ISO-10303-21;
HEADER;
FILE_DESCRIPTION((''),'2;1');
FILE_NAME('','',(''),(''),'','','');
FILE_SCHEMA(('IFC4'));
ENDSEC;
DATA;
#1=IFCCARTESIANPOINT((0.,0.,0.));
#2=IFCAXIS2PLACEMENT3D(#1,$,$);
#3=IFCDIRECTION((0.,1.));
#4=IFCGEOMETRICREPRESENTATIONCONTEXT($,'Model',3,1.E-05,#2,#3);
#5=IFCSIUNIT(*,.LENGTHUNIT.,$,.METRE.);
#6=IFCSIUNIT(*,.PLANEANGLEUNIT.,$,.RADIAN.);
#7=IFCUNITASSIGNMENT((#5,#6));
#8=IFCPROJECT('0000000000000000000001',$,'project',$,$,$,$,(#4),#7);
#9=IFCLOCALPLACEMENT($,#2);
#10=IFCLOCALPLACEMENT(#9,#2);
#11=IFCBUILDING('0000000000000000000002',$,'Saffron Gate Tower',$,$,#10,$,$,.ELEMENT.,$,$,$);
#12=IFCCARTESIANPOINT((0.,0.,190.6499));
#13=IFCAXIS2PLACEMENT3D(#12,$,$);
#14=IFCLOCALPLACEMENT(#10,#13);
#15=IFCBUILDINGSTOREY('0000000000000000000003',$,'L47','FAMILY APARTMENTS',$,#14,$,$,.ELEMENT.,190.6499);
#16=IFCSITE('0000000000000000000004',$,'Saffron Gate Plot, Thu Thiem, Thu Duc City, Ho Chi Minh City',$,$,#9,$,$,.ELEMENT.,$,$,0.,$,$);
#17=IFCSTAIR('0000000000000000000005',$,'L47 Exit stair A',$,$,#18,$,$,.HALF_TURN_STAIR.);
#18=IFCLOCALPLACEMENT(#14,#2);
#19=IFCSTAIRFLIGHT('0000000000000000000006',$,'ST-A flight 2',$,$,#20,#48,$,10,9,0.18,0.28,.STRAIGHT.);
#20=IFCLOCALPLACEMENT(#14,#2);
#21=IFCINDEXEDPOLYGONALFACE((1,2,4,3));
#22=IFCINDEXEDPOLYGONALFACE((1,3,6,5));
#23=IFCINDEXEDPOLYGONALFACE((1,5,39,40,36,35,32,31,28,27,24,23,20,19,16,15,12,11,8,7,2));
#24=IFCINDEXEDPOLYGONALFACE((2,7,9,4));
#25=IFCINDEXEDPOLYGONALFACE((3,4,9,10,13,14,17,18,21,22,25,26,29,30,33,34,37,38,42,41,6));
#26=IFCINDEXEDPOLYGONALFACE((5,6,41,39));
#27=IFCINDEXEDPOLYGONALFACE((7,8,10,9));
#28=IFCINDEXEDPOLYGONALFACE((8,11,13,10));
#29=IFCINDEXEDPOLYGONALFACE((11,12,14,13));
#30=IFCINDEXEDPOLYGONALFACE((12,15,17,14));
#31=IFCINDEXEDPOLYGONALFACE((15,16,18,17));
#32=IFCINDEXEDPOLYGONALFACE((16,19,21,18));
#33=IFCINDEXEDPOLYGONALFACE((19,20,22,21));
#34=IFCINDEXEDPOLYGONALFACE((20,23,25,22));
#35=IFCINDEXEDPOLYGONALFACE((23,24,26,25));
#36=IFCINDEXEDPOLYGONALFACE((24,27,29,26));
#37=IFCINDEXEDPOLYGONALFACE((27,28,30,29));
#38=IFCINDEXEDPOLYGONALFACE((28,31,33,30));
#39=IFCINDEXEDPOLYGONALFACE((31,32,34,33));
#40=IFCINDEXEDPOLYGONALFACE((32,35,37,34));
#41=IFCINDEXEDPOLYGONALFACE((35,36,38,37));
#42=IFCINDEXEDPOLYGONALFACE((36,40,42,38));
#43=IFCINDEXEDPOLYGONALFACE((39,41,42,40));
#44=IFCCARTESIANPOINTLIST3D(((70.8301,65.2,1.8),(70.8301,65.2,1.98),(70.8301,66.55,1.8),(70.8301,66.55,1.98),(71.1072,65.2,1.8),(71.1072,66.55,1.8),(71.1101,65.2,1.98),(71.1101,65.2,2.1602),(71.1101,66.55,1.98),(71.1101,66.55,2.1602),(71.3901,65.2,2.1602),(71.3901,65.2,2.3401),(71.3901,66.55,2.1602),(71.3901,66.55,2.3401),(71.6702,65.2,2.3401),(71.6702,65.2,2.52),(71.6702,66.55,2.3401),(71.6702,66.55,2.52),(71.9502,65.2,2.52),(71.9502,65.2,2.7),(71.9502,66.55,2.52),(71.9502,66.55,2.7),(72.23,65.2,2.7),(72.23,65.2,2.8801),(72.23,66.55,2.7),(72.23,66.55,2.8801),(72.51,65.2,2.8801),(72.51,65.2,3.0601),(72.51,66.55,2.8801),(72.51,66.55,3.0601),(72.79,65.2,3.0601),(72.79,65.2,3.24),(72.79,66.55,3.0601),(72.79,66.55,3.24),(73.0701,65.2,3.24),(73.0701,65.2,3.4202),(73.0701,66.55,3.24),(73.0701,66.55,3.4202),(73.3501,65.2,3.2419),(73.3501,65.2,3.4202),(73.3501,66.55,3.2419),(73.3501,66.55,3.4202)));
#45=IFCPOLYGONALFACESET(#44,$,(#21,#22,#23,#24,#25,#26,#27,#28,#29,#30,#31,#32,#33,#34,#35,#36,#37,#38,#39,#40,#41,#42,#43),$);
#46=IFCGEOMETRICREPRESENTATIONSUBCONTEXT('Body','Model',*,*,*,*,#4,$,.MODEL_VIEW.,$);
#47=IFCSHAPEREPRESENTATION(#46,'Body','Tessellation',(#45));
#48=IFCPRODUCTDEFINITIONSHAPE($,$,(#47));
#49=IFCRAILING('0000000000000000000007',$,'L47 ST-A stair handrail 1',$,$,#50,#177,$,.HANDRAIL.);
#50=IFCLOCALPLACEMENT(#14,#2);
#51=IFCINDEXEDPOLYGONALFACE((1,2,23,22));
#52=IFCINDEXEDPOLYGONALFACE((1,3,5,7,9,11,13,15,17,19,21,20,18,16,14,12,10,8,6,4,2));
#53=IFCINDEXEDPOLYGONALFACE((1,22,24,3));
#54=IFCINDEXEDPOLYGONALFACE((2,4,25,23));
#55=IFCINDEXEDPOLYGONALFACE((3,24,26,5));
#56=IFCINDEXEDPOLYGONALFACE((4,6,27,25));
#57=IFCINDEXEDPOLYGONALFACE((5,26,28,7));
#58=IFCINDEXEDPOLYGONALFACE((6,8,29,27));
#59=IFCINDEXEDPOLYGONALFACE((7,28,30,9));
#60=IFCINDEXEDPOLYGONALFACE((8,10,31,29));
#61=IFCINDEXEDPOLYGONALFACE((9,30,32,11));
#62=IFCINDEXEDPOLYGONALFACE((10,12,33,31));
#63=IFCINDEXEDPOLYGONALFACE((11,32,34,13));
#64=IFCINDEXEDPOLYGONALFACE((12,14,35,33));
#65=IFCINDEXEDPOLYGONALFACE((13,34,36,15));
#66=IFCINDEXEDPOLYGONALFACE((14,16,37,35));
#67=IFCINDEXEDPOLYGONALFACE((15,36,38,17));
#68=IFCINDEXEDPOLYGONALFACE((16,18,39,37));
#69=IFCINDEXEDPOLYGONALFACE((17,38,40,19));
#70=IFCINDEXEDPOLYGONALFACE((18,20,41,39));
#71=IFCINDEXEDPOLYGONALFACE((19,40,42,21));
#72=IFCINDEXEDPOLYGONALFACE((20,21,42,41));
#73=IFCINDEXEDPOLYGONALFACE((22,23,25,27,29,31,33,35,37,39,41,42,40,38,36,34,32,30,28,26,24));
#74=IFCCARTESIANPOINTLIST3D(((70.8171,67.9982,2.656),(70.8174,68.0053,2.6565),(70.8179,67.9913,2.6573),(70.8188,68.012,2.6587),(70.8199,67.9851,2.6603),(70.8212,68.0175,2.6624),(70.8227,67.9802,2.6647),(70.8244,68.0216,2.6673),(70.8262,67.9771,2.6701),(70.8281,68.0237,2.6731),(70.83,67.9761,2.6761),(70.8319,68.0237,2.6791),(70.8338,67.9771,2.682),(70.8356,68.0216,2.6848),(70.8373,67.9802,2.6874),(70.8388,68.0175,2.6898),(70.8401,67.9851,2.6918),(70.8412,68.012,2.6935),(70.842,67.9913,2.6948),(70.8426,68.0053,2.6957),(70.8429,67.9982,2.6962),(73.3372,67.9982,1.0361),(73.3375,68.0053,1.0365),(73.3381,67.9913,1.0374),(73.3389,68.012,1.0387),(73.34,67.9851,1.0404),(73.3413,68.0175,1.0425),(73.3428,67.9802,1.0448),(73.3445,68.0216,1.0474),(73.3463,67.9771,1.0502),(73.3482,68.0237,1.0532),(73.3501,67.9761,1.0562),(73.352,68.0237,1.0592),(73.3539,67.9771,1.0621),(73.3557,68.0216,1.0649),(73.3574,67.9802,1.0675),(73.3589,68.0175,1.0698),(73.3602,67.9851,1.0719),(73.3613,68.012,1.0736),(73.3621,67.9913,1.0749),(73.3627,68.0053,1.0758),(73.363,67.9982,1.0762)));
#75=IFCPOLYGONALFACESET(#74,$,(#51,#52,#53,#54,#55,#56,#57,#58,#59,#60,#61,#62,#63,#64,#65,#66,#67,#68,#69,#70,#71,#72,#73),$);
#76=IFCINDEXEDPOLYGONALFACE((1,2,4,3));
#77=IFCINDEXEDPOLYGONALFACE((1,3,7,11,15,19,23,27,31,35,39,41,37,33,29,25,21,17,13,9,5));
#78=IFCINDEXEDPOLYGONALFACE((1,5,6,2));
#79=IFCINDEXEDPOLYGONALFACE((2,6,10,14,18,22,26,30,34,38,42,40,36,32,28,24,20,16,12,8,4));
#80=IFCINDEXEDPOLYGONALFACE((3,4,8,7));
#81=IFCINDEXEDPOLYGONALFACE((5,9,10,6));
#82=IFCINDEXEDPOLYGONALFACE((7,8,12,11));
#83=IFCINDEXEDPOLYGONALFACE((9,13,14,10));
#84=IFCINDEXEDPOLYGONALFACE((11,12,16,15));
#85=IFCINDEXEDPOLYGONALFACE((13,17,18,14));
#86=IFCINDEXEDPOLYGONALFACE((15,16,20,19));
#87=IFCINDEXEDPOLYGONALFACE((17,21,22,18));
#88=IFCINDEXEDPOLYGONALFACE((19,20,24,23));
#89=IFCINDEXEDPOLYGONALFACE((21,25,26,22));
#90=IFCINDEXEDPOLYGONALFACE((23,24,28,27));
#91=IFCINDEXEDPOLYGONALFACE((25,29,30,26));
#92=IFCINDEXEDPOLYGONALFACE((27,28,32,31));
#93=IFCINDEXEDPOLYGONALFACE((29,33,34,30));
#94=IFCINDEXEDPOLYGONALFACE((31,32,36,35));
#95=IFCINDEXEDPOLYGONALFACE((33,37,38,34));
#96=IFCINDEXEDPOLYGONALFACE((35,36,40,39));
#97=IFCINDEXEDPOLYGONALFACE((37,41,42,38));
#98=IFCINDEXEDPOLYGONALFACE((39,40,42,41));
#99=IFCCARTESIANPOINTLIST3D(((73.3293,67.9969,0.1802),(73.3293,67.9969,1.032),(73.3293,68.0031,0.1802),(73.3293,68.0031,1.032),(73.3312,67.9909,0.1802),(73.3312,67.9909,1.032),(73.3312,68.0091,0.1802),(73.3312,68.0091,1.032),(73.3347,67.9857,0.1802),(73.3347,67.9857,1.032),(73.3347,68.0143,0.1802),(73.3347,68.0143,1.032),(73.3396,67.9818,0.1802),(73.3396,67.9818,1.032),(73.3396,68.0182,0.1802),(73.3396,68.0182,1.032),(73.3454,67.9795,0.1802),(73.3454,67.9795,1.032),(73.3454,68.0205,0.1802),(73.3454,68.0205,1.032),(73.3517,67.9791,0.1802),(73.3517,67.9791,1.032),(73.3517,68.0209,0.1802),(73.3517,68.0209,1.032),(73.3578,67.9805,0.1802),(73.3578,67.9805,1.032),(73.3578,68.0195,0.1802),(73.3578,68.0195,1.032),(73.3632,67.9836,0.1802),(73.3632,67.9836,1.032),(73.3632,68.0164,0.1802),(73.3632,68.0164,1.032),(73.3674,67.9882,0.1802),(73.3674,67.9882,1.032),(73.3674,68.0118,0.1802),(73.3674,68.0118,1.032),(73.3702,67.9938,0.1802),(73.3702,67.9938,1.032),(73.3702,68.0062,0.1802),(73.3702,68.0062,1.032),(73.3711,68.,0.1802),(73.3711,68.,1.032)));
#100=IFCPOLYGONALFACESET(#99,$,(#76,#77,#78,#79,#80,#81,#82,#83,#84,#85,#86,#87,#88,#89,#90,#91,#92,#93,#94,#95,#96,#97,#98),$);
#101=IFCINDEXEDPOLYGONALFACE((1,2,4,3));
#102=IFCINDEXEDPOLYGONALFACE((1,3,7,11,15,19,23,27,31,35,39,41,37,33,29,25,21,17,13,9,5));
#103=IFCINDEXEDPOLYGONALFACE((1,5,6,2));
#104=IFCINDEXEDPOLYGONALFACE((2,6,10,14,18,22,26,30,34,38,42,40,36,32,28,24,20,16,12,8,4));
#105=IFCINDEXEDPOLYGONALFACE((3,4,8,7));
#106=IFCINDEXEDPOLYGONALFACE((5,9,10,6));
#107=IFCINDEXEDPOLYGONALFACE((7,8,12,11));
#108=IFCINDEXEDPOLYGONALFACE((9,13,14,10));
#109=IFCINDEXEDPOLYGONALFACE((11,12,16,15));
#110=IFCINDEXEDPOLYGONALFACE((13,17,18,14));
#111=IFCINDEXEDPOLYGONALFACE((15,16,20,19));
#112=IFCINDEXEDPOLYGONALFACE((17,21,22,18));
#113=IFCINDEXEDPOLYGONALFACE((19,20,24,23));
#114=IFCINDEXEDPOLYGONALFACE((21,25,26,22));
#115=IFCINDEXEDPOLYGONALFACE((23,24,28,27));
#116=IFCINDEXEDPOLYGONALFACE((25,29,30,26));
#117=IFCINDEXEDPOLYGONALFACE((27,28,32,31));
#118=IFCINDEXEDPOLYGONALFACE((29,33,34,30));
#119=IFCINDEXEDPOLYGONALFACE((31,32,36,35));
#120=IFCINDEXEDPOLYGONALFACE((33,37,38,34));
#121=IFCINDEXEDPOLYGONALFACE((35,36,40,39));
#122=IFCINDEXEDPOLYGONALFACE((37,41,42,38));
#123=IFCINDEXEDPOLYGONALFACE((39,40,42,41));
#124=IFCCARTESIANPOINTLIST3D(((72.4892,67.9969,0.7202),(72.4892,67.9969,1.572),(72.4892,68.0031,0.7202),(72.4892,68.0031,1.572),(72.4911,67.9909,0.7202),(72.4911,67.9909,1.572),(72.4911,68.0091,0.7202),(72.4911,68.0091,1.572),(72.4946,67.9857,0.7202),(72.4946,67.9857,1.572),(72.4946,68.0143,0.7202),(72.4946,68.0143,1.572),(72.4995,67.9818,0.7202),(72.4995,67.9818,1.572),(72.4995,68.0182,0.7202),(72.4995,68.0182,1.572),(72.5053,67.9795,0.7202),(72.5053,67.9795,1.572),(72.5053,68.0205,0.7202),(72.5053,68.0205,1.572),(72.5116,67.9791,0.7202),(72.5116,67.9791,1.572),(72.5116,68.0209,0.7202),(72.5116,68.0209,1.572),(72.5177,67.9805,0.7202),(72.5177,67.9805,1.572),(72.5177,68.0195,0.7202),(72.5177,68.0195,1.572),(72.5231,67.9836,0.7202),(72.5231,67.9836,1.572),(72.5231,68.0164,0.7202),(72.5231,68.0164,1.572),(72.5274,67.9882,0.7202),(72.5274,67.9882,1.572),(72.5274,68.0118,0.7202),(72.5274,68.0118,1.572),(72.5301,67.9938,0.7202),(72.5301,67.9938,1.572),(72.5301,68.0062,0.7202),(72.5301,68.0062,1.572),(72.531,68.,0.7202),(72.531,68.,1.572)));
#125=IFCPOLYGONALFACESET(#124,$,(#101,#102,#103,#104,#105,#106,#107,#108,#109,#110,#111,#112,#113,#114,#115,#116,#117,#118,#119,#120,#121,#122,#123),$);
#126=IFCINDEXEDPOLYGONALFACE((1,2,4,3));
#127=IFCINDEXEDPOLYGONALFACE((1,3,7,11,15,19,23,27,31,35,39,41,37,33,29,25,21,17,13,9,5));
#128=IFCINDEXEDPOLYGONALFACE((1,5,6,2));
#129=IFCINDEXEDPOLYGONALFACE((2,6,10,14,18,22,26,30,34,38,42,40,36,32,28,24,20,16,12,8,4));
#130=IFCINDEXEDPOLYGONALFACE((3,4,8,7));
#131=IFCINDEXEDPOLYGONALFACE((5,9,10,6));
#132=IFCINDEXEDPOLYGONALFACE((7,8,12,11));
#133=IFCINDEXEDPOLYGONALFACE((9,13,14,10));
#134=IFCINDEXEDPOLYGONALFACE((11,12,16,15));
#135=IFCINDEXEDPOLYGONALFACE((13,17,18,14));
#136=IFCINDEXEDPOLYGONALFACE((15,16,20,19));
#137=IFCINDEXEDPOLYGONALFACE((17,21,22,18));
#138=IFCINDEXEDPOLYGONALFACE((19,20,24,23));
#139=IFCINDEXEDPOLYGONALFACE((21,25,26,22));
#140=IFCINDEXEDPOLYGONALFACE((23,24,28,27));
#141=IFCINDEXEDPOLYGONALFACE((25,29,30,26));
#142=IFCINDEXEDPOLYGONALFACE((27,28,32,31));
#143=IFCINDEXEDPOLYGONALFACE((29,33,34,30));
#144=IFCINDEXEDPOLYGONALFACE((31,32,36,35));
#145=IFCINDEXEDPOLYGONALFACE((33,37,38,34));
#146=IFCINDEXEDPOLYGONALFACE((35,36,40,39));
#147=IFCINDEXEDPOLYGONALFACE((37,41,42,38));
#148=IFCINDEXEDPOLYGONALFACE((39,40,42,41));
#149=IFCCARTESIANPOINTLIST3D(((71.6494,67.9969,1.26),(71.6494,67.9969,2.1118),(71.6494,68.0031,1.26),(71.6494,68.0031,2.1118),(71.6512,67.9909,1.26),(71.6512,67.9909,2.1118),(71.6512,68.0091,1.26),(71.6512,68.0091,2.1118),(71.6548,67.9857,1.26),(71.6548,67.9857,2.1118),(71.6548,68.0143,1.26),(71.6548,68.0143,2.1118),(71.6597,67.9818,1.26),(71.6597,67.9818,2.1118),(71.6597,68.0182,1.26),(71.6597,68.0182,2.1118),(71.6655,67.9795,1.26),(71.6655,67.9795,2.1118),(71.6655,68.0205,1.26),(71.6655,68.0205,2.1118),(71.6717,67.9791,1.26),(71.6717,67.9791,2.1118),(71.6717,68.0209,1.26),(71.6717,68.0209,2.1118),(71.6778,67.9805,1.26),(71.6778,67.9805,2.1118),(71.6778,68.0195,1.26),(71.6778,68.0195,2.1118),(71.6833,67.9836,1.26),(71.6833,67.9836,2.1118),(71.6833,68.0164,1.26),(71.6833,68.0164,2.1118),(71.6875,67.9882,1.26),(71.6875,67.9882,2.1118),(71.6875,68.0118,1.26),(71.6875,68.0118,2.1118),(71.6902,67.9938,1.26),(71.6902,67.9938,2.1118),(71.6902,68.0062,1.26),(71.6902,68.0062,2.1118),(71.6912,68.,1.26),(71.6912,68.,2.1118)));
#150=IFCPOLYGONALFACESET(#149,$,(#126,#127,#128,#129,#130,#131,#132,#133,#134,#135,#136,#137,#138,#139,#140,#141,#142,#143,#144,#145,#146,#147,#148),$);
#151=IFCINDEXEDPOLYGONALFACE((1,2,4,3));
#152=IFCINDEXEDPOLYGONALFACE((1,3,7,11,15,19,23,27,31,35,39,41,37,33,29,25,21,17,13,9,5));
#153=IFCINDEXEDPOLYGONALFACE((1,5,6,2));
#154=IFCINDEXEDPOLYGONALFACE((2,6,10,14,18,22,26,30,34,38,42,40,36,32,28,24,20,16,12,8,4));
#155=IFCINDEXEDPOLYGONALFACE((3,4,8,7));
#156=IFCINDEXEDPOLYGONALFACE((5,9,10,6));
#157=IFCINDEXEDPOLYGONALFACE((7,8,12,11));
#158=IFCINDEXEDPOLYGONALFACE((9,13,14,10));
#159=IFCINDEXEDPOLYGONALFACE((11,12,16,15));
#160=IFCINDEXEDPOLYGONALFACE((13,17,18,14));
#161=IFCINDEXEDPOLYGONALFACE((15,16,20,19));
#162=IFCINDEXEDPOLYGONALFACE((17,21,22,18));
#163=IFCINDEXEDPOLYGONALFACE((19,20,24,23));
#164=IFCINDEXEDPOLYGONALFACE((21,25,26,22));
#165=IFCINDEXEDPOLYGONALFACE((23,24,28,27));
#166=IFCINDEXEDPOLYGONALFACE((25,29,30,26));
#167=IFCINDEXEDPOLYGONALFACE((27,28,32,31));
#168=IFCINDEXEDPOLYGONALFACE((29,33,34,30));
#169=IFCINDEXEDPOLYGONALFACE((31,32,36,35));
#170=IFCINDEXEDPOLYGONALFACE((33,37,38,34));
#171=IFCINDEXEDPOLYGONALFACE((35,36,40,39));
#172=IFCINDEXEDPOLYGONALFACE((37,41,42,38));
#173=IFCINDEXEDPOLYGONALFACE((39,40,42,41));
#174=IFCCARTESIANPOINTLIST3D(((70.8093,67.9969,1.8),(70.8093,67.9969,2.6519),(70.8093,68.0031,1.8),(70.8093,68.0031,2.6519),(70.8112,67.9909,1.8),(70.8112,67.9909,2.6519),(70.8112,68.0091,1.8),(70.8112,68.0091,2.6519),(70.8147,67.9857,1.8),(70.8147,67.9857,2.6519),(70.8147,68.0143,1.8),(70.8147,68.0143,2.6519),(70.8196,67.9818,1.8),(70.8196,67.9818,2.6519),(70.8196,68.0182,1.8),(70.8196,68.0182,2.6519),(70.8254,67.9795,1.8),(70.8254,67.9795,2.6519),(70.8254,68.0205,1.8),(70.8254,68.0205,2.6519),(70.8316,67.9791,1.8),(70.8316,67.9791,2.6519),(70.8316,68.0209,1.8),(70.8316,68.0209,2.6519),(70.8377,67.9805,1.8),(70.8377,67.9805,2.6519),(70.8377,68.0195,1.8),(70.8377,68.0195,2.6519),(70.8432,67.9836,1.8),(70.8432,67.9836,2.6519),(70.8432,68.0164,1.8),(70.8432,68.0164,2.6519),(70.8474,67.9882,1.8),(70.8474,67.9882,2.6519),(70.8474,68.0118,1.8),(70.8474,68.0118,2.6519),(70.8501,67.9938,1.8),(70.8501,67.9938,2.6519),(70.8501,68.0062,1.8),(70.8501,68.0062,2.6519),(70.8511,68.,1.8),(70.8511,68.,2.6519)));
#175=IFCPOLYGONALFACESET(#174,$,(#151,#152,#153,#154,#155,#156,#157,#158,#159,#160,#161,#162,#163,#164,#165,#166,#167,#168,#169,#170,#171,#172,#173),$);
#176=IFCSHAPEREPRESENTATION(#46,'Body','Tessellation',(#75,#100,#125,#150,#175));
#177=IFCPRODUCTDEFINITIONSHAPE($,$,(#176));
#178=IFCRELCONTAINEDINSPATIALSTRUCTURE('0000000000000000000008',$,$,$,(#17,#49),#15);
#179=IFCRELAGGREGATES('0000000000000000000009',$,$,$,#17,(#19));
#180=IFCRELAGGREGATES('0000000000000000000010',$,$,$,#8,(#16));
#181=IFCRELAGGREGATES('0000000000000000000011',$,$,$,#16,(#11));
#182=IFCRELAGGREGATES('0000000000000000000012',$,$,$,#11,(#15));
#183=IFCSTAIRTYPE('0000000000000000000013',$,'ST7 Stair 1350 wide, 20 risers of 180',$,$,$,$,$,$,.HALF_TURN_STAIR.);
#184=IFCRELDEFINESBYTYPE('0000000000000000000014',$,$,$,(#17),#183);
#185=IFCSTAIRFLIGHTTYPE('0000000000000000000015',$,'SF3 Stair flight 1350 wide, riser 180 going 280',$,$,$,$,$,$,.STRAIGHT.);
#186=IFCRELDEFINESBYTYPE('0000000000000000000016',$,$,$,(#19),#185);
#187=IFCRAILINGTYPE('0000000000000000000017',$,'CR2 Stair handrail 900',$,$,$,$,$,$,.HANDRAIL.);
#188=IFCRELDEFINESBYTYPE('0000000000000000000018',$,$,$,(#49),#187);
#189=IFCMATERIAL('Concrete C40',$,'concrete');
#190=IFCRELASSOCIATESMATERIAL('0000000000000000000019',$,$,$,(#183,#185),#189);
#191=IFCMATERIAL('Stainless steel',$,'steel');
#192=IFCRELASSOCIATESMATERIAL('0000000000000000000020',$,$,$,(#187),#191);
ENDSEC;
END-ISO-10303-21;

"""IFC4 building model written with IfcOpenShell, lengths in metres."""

from ifc_helpers import new_model, si_unit, direction, frame, origin, origin_2d, place, context, subcontext, project, spatial, polyline, circle, outline, extrude, material, type_object, element, aggregate, save


model = new_model("IFC4")

# Units and contexts
model_context = context("Model", 3, precision=1e-05, world=origin(), true_north=direction((0.0, 1.0)))
body_context = subcontext(model_context, "Body", "Model", "MODEL_VIEW")
ifc_project = project(units=[si_unit("LENGTHUNIT", "METRE"), si_unit("PLANEANGLEUNIT", "RADIAN")], contexts=[model_context])

# Site, building, storey
site_placement = place(None, origin())
site = spatial("IfcSite", under=ifc_project, at=site_placement, Name="Saffron Gate Plot, Thu Thiem, Thu Duc City, Ho Chi Minh City", CompositionType="ELEMENT", RefElevation=0.0)
building_placement = place(site_placement, origin())
building = spatial("IfcBuilding", under=site, at=building_placement, Name="Saffron Gate Tower", CompositionType="ELEMENT")
storey_placement = place(building_placement, frame((0.0, 0.0, 190.6499)))
storey = spatial("IfcBuildingStorey", under=building, at=storey_placement, Name="L47", Description="FAMILY APARTMENTS", CompositionType="ELEMENT", Elevation=190.6499)

# Stair, stair flight
ifc_material_1 = material(Name="Concrete C40", Category="concrete")
stair_type = type_object("IfcStairType", Name="ST7 Stair 1350 wide, 20 risers of 180", PredefinedType="HALF_TURN_STAIR", material=ifc_material_1)
stair_placement = place(storey_placement, origin())
stair = element("IfcStair", 1, at=stair_placement, inside=storey, type_object=stair_type, Name="L47 Exit stair A", PredefinedType="HALF_TURN_STAIR")
stair_flight_type = type_object("IfcStairFlightType", Name="SF3 Stair flight 1350 wide, riser 180 going 280", PredefinedType="STRAIGHT", material=ifc_material_1)
stair_flight_1_placement = place(storey_placement, frame((70.8301, 65.875, 1.8), z_axis=(0.0, 0.0, 1.0), x_axis=(1.0, 0.0, 0.0)))
stair_flight_1 = element("IfcStairFlight", 2, at=stair_flight_1_placement, type_object=stair_flight_type, Name="ST-A flight 2", NumberOfRisers=10, NumberOfTreads=9, PredefinedType="STRAIGHT", RiserHeight=0.18, TreadLength=0.28, context=body_context, shape_type="SweptSolid", body=[
    extrude(outline(polyline([(0.0, 0.0), (0.0, 0.1799), (0.28, 0.1799), (0.28, 0.3601), (0.5601, 0.3601), (0.5601, 0.54), (0.8401, 0.54), (0.8401, 0.72), (1.1201, 0.72), (1.1201, 0.8999), (1.3999, 0.8999), (1.3999, 1.0801), (1.6799, 1.0801), (1.6799, 1.26), (1.96, 1.26), (1.96, 1.4399), (2.24, 1.4399), (2.24, 1.6201), (2.52, 1.6201), (2.52, 1.8), (2.52, 1.4419), (0.2771, 0.0), (0.0, 0.0)])), frame((0.0, 0.675, 0.0), z_axis=(0.0, -1.0, 0.0), x_axis=(1.0, 0.0, 0.0)), (0.0, 0.0, 1.0), 1.3501),
])
aggregate(stair, [stair_flight_1])

# Railing
ifc_material_2 = material(Name="Stainless steel", Category="steel")
railing_type_1 = type_object("IfcRailingType", Name="CR2 Stair handrail 900", PredefinedType="HANDRAIL", material=ifc_material_2)
railing_1_placement = place(storey_placement, frame((73.3501, 68.0, 0.1802)))
element("IfcRailing", 3, at=railing_1_placement, inside=storey, type_object=railing_type_1, Name="L47 ST-A stair handrail 1", PredefinedType="HANDRAIL", context=body_context, shape_type="SweptSolid", body=[
    extrude(circle(Radius=0.0239, at=origin_2d()), frame((0.0, 0.0, 0.876), z_axis=(-0.8412, 0.0, 0.540725), x_axis=(0.0, -1.0, 0.0)), (0.0, 0.0, 1.0), 2.9958),
    extrude(circle(Radius=0.021, at=origin_2d()), origin(), (0.0, 0.0, 1.0), 0.8518),
    extrude(circle(Radius=0.021, at=origin_2d()), frame((-0.8401, 0.0, 0.54)), (0.0, 0.0, 1.0), 0.8518),
    extrude(circle(Radius=0.021, at=origin_2d()), frame((-1.6799, 0.0, 1.0798)), (0.0, 0.0, 1.0), 0.8518),
    extrude(circle(Radius=0.021, at=origin_2d()), frame((-2.52, 0.0, 1.6199)), (0.0, 0.0, 1.0), 0.8518),
])

save(model, "model.ifc")
